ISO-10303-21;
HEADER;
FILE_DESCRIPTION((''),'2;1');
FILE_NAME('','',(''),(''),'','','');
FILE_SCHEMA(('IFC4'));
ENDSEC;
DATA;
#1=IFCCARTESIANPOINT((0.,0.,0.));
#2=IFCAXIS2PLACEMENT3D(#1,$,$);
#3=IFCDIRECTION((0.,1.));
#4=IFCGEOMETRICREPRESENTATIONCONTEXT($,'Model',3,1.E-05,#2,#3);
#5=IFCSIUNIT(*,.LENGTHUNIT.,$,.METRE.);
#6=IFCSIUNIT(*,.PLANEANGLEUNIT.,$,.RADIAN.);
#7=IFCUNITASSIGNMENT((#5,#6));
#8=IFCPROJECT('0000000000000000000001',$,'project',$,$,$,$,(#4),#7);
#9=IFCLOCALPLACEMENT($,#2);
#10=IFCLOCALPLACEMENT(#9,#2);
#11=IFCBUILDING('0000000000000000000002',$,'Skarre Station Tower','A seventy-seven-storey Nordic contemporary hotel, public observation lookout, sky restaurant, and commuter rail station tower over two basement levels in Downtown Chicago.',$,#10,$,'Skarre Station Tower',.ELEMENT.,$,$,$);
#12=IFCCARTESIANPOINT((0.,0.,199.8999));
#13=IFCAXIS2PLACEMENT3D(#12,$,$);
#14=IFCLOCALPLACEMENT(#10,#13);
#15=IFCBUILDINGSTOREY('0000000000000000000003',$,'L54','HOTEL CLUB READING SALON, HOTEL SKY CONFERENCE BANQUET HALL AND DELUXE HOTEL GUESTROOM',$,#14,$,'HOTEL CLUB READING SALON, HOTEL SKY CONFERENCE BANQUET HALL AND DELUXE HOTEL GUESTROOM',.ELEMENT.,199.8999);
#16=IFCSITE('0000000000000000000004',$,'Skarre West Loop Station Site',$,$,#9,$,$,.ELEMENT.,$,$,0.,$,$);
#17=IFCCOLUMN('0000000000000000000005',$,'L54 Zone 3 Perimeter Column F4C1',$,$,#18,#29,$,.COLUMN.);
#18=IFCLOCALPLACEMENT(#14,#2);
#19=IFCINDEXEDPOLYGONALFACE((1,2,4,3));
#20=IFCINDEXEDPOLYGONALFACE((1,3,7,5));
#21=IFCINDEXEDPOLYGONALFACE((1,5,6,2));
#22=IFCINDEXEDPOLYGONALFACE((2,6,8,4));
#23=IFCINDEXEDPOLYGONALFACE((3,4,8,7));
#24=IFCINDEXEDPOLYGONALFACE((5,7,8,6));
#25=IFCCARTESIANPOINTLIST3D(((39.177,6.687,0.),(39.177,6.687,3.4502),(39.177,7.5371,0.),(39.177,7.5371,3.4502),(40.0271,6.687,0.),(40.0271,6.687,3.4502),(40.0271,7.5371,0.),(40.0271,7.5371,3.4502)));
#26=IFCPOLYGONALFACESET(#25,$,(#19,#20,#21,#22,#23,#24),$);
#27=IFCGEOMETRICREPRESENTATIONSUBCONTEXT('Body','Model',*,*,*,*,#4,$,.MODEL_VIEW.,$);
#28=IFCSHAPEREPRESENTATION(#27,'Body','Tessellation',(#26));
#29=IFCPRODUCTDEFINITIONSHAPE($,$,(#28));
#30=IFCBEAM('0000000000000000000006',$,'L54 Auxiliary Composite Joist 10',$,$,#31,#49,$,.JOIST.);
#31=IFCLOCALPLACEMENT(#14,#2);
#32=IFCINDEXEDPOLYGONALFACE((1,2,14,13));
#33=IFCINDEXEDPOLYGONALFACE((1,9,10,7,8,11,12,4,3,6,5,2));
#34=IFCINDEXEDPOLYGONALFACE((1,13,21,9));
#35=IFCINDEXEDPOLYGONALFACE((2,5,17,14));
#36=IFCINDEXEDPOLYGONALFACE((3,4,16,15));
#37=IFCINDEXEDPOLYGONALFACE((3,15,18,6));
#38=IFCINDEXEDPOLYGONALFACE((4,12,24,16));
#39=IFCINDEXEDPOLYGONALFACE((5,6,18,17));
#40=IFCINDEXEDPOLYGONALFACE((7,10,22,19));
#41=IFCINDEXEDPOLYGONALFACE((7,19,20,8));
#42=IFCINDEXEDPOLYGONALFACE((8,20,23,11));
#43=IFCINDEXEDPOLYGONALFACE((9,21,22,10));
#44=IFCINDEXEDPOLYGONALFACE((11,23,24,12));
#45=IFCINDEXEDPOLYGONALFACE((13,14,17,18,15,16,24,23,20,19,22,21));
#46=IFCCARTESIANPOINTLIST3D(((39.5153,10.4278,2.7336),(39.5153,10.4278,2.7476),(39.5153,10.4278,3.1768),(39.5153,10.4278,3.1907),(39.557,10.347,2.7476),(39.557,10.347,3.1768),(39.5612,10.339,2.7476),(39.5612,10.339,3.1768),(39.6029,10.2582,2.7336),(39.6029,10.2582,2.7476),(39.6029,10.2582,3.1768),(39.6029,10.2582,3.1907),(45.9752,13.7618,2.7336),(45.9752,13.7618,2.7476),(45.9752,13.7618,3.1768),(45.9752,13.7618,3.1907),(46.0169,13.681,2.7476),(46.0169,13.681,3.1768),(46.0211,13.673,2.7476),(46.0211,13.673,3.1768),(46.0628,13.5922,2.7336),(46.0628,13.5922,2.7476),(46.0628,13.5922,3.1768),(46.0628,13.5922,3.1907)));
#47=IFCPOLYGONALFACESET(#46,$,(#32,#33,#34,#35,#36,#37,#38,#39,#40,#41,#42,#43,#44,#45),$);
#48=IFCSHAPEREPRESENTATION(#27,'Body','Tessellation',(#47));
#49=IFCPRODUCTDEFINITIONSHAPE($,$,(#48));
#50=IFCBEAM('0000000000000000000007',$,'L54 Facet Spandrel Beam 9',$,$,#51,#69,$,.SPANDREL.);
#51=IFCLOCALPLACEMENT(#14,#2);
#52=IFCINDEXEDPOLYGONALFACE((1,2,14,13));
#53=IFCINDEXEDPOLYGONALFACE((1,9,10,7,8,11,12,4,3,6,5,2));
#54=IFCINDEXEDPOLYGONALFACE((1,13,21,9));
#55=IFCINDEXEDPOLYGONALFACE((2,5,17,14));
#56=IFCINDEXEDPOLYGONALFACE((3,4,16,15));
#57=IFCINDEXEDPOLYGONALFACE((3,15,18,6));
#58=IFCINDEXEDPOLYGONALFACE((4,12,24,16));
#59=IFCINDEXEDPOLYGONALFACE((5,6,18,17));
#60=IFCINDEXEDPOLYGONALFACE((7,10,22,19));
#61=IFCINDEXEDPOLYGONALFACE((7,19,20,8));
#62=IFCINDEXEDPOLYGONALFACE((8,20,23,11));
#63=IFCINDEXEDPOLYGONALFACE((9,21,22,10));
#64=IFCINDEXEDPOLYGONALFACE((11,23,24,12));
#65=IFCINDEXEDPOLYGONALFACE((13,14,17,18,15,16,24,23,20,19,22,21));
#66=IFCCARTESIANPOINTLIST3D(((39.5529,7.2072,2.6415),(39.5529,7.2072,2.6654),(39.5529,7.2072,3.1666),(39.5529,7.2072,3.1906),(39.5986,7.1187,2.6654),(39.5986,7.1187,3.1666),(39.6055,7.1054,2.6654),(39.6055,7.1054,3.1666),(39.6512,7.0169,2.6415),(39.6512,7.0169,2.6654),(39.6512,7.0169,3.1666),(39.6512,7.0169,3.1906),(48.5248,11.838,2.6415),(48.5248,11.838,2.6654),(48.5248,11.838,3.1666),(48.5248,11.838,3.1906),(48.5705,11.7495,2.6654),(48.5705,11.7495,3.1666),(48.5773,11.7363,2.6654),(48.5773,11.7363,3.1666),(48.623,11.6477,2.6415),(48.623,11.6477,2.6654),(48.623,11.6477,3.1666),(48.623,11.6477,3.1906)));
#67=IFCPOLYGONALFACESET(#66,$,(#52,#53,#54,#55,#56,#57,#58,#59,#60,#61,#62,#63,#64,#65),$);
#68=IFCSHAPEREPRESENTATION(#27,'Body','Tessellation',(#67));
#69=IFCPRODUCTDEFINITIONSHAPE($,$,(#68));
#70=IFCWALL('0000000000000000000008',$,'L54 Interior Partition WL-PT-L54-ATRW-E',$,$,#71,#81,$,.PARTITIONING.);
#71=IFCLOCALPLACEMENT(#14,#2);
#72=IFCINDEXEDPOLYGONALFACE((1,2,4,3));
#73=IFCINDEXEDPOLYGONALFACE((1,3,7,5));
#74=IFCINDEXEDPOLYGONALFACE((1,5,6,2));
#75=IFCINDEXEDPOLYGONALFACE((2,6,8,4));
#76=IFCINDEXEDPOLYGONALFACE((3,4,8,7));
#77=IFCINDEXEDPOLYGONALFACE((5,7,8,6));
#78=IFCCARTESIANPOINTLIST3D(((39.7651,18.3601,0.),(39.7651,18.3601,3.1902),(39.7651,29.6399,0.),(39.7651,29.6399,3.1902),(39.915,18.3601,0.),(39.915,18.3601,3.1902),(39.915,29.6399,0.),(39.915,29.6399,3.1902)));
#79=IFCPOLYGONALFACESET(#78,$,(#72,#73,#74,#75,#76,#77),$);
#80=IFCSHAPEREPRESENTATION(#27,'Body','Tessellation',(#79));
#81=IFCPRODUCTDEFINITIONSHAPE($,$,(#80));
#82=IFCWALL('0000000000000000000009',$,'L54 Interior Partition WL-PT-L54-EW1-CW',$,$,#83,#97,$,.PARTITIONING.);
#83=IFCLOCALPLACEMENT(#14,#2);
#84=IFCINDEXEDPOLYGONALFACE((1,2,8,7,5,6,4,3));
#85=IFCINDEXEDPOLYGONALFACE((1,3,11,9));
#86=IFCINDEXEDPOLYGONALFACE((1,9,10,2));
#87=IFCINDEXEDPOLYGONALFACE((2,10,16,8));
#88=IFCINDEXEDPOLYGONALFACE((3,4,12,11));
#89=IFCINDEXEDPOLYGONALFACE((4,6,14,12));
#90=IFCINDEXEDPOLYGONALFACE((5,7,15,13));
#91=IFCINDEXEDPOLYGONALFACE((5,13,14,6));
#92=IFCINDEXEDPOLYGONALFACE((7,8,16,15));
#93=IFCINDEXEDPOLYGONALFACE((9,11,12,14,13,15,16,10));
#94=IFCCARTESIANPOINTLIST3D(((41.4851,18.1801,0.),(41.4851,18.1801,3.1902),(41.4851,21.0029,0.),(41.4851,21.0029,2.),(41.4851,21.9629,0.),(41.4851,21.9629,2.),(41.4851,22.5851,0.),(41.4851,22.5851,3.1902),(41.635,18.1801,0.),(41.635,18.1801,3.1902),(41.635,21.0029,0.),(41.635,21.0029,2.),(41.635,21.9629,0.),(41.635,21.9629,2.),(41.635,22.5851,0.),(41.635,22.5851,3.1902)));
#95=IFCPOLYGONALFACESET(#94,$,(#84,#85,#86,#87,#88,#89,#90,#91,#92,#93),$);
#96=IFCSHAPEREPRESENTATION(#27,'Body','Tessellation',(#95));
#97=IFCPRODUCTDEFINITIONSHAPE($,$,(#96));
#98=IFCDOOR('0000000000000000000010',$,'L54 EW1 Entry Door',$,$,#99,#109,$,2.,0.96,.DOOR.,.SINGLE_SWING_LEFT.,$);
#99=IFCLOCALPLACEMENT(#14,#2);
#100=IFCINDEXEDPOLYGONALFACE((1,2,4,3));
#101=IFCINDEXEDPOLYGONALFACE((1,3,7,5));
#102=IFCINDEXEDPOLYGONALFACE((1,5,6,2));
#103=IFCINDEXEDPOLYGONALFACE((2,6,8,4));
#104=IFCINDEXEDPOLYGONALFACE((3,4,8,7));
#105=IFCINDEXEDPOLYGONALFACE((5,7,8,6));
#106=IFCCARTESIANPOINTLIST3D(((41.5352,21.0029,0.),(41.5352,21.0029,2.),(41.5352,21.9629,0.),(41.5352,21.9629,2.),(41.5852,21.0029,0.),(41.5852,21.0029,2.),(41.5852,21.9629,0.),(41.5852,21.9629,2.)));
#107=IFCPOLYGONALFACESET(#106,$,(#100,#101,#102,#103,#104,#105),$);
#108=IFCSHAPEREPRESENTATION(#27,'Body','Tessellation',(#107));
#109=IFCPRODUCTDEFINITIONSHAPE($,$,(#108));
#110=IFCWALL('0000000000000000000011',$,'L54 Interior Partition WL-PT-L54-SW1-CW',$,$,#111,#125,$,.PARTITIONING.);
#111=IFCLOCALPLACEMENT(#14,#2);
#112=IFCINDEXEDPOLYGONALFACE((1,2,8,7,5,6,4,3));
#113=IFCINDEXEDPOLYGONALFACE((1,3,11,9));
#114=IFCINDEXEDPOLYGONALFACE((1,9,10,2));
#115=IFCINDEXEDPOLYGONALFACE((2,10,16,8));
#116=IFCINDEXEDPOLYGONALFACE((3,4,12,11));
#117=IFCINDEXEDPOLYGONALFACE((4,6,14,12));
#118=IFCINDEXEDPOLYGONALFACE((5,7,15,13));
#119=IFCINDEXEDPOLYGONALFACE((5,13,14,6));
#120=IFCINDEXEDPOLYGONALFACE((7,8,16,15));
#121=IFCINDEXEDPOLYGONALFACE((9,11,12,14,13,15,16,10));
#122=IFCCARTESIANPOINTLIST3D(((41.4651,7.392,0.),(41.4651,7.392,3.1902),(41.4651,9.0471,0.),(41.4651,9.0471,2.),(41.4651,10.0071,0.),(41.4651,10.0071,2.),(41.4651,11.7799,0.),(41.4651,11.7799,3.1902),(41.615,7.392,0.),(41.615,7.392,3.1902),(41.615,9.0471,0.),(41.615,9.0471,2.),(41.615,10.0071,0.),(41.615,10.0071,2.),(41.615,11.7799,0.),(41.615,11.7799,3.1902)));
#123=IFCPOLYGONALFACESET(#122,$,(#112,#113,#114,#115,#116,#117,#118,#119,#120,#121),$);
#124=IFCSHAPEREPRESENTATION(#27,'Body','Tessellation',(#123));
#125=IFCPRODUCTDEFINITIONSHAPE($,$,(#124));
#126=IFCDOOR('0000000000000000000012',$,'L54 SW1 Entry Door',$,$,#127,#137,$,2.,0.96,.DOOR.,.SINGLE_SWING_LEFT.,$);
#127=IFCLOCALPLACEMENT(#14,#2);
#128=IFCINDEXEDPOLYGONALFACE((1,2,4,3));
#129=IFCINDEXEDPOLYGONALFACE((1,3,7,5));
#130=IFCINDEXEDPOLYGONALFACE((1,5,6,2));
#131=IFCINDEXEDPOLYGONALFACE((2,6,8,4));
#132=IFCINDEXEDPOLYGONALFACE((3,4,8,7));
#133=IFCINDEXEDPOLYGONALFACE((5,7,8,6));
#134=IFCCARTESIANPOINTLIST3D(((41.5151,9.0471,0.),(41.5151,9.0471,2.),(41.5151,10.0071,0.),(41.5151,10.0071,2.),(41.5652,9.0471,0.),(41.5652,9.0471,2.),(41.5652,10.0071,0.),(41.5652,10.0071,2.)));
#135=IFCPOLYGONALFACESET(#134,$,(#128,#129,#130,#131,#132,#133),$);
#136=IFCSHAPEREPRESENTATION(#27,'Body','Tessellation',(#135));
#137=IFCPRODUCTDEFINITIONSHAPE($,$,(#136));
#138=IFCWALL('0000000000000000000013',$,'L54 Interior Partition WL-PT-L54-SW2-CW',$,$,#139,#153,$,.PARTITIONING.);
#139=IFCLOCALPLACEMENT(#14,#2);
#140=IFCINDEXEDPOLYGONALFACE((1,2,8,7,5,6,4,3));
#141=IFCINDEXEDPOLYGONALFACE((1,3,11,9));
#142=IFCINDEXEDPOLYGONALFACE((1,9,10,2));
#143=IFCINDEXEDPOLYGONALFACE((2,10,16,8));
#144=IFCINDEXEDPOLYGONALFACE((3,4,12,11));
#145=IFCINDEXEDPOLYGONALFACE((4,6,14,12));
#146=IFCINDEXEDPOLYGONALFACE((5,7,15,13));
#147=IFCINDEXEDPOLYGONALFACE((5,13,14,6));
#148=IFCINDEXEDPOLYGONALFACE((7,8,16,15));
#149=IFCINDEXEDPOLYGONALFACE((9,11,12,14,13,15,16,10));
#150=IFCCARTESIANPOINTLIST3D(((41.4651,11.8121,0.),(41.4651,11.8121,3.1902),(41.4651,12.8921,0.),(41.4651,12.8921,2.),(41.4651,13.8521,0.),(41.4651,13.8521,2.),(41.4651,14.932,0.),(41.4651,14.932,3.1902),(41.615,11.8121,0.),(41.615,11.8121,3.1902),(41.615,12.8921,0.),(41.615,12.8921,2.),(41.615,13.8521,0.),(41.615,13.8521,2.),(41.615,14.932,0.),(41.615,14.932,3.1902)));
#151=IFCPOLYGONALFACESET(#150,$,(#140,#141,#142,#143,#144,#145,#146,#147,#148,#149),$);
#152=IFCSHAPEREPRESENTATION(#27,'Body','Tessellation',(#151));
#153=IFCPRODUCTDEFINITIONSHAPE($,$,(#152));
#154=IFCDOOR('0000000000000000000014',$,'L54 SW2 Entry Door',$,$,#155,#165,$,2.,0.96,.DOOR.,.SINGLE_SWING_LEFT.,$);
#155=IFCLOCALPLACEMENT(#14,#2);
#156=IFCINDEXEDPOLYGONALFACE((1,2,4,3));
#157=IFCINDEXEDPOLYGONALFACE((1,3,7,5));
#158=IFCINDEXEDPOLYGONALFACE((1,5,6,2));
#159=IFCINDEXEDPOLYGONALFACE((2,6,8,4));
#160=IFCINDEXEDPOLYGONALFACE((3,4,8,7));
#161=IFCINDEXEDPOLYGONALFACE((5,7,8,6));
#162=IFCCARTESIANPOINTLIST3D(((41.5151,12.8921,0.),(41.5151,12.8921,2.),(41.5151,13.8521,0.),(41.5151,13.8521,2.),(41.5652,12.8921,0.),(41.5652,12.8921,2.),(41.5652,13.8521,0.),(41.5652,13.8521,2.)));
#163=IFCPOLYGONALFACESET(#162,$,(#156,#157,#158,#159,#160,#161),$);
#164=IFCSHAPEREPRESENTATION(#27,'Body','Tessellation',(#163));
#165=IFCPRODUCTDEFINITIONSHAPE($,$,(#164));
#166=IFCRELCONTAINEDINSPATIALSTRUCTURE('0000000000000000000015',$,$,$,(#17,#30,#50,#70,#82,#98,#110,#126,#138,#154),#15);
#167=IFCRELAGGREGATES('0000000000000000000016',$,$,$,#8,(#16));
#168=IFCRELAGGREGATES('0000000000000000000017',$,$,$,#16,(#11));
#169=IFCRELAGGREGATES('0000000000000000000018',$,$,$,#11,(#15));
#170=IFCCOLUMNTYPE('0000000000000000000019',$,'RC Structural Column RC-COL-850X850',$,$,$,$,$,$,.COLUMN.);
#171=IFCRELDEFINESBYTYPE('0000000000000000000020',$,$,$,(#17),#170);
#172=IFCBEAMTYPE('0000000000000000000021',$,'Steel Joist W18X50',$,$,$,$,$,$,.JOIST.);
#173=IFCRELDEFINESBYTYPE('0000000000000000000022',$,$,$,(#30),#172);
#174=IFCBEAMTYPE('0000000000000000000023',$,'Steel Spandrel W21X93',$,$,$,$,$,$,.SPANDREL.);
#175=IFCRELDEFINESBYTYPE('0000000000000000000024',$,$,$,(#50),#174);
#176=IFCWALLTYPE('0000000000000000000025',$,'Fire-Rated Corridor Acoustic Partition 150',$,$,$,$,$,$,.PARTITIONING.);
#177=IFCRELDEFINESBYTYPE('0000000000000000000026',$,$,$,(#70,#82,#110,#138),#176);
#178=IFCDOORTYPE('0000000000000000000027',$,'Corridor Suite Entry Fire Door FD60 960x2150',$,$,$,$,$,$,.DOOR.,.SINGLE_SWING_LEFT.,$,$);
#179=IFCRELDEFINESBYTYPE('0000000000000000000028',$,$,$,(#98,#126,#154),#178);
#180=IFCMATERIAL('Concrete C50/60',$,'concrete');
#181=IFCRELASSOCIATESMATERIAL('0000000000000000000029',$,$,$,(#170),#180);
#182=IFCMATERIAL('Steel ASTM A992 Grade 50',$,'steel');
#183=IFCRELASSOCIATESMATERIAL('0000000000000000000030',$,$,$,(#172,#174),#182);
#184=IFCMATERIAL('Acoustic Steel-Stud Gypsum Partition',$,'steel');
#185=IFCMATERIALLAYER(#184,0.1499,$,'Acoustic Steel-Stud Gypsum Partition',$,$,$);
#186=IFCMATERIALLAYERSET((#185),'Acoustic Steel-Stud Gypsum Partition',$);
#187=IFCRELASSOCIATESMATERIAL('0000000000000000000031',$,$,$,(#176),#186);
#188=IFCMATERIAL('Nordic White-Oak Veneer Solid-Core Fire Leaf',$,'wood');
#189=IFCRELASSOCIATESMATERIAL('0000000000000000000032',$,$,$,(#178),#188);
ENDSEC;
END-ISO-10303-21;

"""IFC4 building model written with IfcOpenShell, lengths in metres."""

from ifc_helpers import new_model, si_unit, direction, frame, frame_2d, origin, origin_2d, place, context, subcontext, project, spatial, rectangle, i_section, extrude, material, layer, layer_set, material_profile, profile_set, type_object, element, fill, save


model = new_model("IFC4")

# Units and contexts
model_context = context("Model", 3, precision=1e-05, world=origin(), true_north=direction((0.0, 1.0)))
body_context = subcontext(model_context, "Body", "Model", "MODEL_VIEW")
ifc_project = project(units=[si_unit("LENGTHUNIT", "METRE"), si_unit("PLANEANGLEUNIT", "RADIAN")], contexts=[model_context])

# Site, building, storey
site_placement = place(None, origin())
site = spatial("IfcSite", under=ifc_project, at=site_placement, Name="Skarre West Loop Station Site", CompositionType="ELEMENT", RefElevation=0.0)
building_placement = place(site_placement, origin())
building = spatial("IfcBuilding", under=site, at=building_placement, Name="Skarre Station Tower", Description="A seventy-seven-storey Nordic contemporary hotel, public observation lookout, sky restaurant, and commuter rail station tower over two basement levels in Downtown Chicago.", LongName="Skarre Station Tower", CompositionType="ELEMENT")
storey_placement = place(building_placement, frame((0.0, 0.0, 199.8999)))
storey = spatial("IfcBuildingStorey", under=building, at=storey_placement, Name="L54", Description="HOTEL CLUB READING SALON, HOTEL SKY CONFERENCE BANQUET HALL AND DELUXE HOTEL GUESTROOM", LongName="HOTEL CLUB READING SALON, HOTEL SKY CONFERENCE BANQUET HALL AND DELUXE HOTEL GUESTROOM", CompositionType="ELEMENT", Elevation=199.8999)

# Column
ifc_material_1 = material(Name="Concrete C50/60", Category="concrete")
ifc_material_profile_1 = material_profile(ifc_material_1, rectangle(XDim=0.8501, YDim=0.8501, at=origin_2d()), Name="Concrete C50/60")
ifc_profile_set_1 = profile_set([ifc_material_profile_1], Name="Concrete C50/60")
column_type = type_object("IfcColumnType", Name="RC Structural Column RC-COL-850X850", PredefinedType="COLUMN", material=ifc_profile_set_1)
column_placement = place(storey_placement, frame((39.6021, 7.1121, 0.0), z_axis=(0.0, 0.0, 1.0), x_axis=(1.0, 0.0, 0.0)))
element("IfcColumn", 1, at=column_placement, inside=storey, type_object=column_type, Name="L54 Zone 3 Perimeter Column F4C1", PredefinedType="COLUMN", context=body_context, shape_type="SweptSolid", body=[
    extrude(rectangle(XDim=0.8501, YDim=0.8501, at=origin_2d()), origin(), (0.0, 0.0, 1.0), 3.4502),
])

# Beams
ifc_material_2 = material(Name="Steel ASTM A992 Grade 50", Category="steel")
ifc_material_profile_2 = material_profile(ifc_material_2, i_section(OverallWidth=0.1909, OverallDepth=0.457, WebThickness=0.009, FlangeThickness=0.0139, at=origin_2d()), Name="Steel ASTM A992 Grade 50")
ifc_profile_set_2 = profile_set([ifc_material_profile_2], Name="Steel ASTM A992 Grade 50")
beam_type_1 = type_object("IfcBeamType", Name="Steel Joist W18X50", PredefinedType="JOIST", material=ifc_profile_set_2)
beam_1_placement = place(storey_placement, frame((39.5591, 10.343, 2.9622), z_axis=(0.888631, 0.458622, 0.0), x_axis=(-0.458622, 0.888631, 0.0)))
element("IfcBeam", 2, at=beam_1_placement, inside=storey, type_object=beam_type_1, Name="L54 Auxiliary Composite Joist 10", PredefinedType="JOIST", context=body_context, shape_type="SweptSolid", body=[
    extrude(i_section(OverallWidth=0.1909, OverallDepth=0.457, WebThickness=0.009, FlangeThickness=0.0139, at=origin_2d()), origin(), (0.0, 0.0, 1.0), 7.2695),
])
ifc_material_profile_3 = material_profile(ifc_material_2, i_section(OverallWidth=0.2141, OverallDepth=0.5491, WebThickness=0.0149, FlangeThickness=0.0239, at=origin_2d()), Name="Steel ASTM A992 Grade 50")
ifc_profile_set_3 = profile_set([ifc_material_profile_3], Name="Steel ASTM A992 Grade 50")
beam_type_2 = type_object("IfcBeamType", Name="Steel Spandrel W21X93", PredefinedType="SPANDREL", material=ifc_profile_set_3)
beam_2_placement = place(storey_placement, frame((39.6021, 7.1121, 2.916), z_axis=(0.888613, 0.458658, 0.0), x_axis=(-0.458658, 0.888613, 0.0)))
element("IfcBeam", 3, at=beam_2_placement, inside=storey, type_object=beam_type_2, Name="L54 Facet Spandrel Beam 9", PredefinedType="SPANDREL", context=body_context, shape_type="SweptSolid", body=[
    extrude(i_section(OverallWidth=0.2141, OverallDepth=0.5491, WebThickness=0.0149, FlangeThickness=0.0239, at=origin_2d()), origin(), (0.0, 0.0, 1.0), 10.0964),
])

# Wall
ifc_material_3 = material(Name="Acoustic Steel-Stud Gypsum Partition", Category="steel")
ifc_layer_1 = layer(ifc_material_3, 0.1499, Name="Acoustic Steel-Stud Gypsum Partition")
ifc_layer_set_1 = layer_set([ifc_layer_1], Name="Acoustic Steel-Stud Gypsum Partition")
wall_type_1 = type_object("IfcWallType", Name="Fire-Rated Corridor Acoustic Partition 150", PredefinedType="PARTITIONING", material=ifc_layer_set_1)
wall_1_placement = place(storey_placement, frame((39.8401, 18.3601, 0.0), z_axis=(0.0, 0.0, 1.0), x_axis=(0.0, 1.0, 0.0)))
element("IfcWall", 4, at=wall_1_placement, inside=storey, type_object=wall_type_1, Name="L54 Interior Partition WL-PT-L54-ATRW-E", PredefinedType="PARTITIONING", context=body_context, shape_type="SweptSolid", body=[
    extrude(rectangle(XDim=11.2798, YDim=0.1499, at=frame_2d((5.6399, 0.0))), origin(), (0.0, 0.0, 1.0), 3.1902),
])

# Walls, openings, doors
wall_2_placement = place(storey_placement, frame((41.5601, 18.1799, 0.0), z_axis=(0.0, 0.0, 1.0), x_axis=(0.0, 1.0, 0.0)))
wall_2 = element("IfcWall", 5, at=wall_2_placement, inside=storey, type_object=wall_type_1, Name="L54 Interior Partition WL-PT-L54-EW1-CW", PredefinedType="PARTITIONING", context=body_context, shape_type="SweptSolid", body=[
    extrude(rectangle(XDim=4.405, YDim=0.1499, at=frame_2d((2.2026, 0.0))), origin(), (0.0, 0.0, 1.0), 3.1902),
])
opening_1_placement = place(wall_2_placement, frame((2.823, 0.0, 0.0)))
opening_1 = element("IfcOpeningElement", 6, at=opening_1_placement, cuts=wall_2, PredefinedType="OPENING", context=body_context, shape_type="SweptSolid", body=[
    extrude(rectangle(XDim=0.96, YDim=2.0, at=frame_2d((0.48, 1.0))), frame((0.0, 0.085, 0.0), z_axis=(0.0, -1.0, 0.0), x_axis=(1.0, 0.0, 0.0)), (0.0, 0.0, 1.0), 0.1699),
])
ifc_material_4 = material(Name="Nordic White-Oak Veneer Solid-Core Fire Leaf", Category="wood")
door_type = type_object("IfcDoorType", Name="Corridor Suite Entry Fire Door FD60 960x2150", OperationType="SINGLE_SWING_LEFT", PredefinedType="DOOR", material=ifc_material_4)
door_1_placement = place(opening_1_placement, origin())
door_1 = element("IfcDoor", 7, at=door_1_placement, inside=storey, type_object=door_type, Name="L54 EW1 Entry Door", OperationType="SINGLE_SWING_LEFT", OverallHeight=2.0, OverallWidth=0.96, PredefinedType="DOOR", context=body_context, shape_type="SweptSolid", body=[
    extrude(rectangle(XDim=0.96, YDim=2.0, at=frame_2d((0.48, 1.0))), frame((0.0, 0.0249, 0.0), z_axis=(0.0, -1.0, 0.0), x_axis=(1.0, 0.0, 0.0)), (0.0, 0.0, 1.0), 0.05),
])
fill(opening_1, door_1)
wall_3_placement = place(storey_placement, frame((41.54, 7.3921, 0.0), z_axis=(0.0, 0.0, 1.0), x_axis=(0.0, 1.0, 0.0)))
wall_3 = element("IfcWall", 8, at=wall_3_placement, inside=storey, type_object=wall_type_1, Name="L54 Interior Partition WL-PT-L54-SW1-CW", PredefinedType="PARTITIONING", context=body_context, shape_type="SweptSolid", body=[
    extrude(rectangle(XDim=4.3879, YDim=0.1499, at=frame_2d((2.1938, 0.0))), origin(), (0.0, 0.0, 1.0), 3.1902),
])
opening_2_placement = place(wall_3_placement, frame((1.655, 0.0, 0.0)))
opening_2 = element("IfcOpeningElement", 9, at=opening_2_placement, cuts=wall_3, PredefinedType="OPENING", context=body_context, shape_type="SweptSolid", body=[
    extrude(rectangle(XDim=0.96, YDim=2.0, at=frame_2d((0.48, 1.0))), frame((0.0, 0.085, 0.0), z_axis=(0.0, -1.0, 0.0), x_axis=(1.0, 0.0, 0.0)), (0.0, 0.0, 1.0), 0.1699),
])
door_2_placement = place(opening_2_placement, origin())
door_2 = element("IfcDoor", 10, at=door_2_placement, inside=storey, type_object=door_type, Name="L54 SW1 Entry Door", OperationType="SINGLE_SWING_LEFT", OverallHeight=2.0, OverallWidth=0.96, PredefinedType="DOOR", context=body_context, shape_type="SweptSolid", body=[
    extrude(rectangle(XDim=0.96, YDim=2.0, at=frame_2d((0.48, 1.0))), frame((0.0, 0.0249, 0.0), z_axis=(0.0, -1.0, 0.0), x_axis=(1.0, 0.0, 0.0)), (0.0, 0.0, 1.0), 0.05),
])
fill(opening_2, door_2)
wall_4_placement = place(storey_placement, frame((41.54, 11.812, 0.0), z_axis=(0.0, 0.0, 1.0), x_axis=(0.0, 1.0, 0.0)))
wall_4 = element("IfcWall", 11, at=wall_4_placement, inside=storey, type_object=wall_type_1, Name="L54 Interior Partition WL-PT-L54-SW2-CW", PredefinedType="PARTITIONING", context=body_context, shape_type="SweptSolid", body=[
    extrude(rectangle(XDim=3.1199, YDim=0.1499, at=frame_2d((1.5601, 0.0))), origin(), (0.0, 0.0, 1.0), 3.1902),
])
opening_3_placement = place(wall_4_placement, frame((1.0801, 0.0, 0.0)))
opening_3 = element("IfcOpeningElement", 12, at=opening_3_placement, cuts=wall_4, PredefinedType="OPENING", context=body_context, shape_type="SweptSolid", body=[
    extrude(rectangle(XDim=0.96, YDim=2.0, at=frame_2d((0.48, 1.0))), frame((0.0, 0.085, 0.0), z_axis=(0.0, -1.0, 0.0), x_axis=(1.0, 0.0, 0.0)), (0.0, 0.0, 1.0), 0.1699),
])
door_3_placement = place(opening_3_placement, origin())
door_3 = element("IfcDoor", 13, at=door_3_placement, inside=storey, type_object=door_type, Name="L54 SW2 Entry Door", OperationType="SINGLE_SWING_LEFT", OverallHeight=2.0, OverallWidth=0.96, PredefinedType="DOOR", context=body_context, shape_type="SweptSolid", body=[
    extrude(rectangle(XDim=0.96, YDim=2.0, at=frame_2d((0.48, 1.0))), frame((0.0, 0.0249, 0.0), z_axis=(0.0, -1.0, 0.0), x_axis=(1.0, 0.0, 0.0)), (0.0, 0.0, 1.0), 0.05),
])
fill(opening_3, door_3)

save(model, "model.ifc")
